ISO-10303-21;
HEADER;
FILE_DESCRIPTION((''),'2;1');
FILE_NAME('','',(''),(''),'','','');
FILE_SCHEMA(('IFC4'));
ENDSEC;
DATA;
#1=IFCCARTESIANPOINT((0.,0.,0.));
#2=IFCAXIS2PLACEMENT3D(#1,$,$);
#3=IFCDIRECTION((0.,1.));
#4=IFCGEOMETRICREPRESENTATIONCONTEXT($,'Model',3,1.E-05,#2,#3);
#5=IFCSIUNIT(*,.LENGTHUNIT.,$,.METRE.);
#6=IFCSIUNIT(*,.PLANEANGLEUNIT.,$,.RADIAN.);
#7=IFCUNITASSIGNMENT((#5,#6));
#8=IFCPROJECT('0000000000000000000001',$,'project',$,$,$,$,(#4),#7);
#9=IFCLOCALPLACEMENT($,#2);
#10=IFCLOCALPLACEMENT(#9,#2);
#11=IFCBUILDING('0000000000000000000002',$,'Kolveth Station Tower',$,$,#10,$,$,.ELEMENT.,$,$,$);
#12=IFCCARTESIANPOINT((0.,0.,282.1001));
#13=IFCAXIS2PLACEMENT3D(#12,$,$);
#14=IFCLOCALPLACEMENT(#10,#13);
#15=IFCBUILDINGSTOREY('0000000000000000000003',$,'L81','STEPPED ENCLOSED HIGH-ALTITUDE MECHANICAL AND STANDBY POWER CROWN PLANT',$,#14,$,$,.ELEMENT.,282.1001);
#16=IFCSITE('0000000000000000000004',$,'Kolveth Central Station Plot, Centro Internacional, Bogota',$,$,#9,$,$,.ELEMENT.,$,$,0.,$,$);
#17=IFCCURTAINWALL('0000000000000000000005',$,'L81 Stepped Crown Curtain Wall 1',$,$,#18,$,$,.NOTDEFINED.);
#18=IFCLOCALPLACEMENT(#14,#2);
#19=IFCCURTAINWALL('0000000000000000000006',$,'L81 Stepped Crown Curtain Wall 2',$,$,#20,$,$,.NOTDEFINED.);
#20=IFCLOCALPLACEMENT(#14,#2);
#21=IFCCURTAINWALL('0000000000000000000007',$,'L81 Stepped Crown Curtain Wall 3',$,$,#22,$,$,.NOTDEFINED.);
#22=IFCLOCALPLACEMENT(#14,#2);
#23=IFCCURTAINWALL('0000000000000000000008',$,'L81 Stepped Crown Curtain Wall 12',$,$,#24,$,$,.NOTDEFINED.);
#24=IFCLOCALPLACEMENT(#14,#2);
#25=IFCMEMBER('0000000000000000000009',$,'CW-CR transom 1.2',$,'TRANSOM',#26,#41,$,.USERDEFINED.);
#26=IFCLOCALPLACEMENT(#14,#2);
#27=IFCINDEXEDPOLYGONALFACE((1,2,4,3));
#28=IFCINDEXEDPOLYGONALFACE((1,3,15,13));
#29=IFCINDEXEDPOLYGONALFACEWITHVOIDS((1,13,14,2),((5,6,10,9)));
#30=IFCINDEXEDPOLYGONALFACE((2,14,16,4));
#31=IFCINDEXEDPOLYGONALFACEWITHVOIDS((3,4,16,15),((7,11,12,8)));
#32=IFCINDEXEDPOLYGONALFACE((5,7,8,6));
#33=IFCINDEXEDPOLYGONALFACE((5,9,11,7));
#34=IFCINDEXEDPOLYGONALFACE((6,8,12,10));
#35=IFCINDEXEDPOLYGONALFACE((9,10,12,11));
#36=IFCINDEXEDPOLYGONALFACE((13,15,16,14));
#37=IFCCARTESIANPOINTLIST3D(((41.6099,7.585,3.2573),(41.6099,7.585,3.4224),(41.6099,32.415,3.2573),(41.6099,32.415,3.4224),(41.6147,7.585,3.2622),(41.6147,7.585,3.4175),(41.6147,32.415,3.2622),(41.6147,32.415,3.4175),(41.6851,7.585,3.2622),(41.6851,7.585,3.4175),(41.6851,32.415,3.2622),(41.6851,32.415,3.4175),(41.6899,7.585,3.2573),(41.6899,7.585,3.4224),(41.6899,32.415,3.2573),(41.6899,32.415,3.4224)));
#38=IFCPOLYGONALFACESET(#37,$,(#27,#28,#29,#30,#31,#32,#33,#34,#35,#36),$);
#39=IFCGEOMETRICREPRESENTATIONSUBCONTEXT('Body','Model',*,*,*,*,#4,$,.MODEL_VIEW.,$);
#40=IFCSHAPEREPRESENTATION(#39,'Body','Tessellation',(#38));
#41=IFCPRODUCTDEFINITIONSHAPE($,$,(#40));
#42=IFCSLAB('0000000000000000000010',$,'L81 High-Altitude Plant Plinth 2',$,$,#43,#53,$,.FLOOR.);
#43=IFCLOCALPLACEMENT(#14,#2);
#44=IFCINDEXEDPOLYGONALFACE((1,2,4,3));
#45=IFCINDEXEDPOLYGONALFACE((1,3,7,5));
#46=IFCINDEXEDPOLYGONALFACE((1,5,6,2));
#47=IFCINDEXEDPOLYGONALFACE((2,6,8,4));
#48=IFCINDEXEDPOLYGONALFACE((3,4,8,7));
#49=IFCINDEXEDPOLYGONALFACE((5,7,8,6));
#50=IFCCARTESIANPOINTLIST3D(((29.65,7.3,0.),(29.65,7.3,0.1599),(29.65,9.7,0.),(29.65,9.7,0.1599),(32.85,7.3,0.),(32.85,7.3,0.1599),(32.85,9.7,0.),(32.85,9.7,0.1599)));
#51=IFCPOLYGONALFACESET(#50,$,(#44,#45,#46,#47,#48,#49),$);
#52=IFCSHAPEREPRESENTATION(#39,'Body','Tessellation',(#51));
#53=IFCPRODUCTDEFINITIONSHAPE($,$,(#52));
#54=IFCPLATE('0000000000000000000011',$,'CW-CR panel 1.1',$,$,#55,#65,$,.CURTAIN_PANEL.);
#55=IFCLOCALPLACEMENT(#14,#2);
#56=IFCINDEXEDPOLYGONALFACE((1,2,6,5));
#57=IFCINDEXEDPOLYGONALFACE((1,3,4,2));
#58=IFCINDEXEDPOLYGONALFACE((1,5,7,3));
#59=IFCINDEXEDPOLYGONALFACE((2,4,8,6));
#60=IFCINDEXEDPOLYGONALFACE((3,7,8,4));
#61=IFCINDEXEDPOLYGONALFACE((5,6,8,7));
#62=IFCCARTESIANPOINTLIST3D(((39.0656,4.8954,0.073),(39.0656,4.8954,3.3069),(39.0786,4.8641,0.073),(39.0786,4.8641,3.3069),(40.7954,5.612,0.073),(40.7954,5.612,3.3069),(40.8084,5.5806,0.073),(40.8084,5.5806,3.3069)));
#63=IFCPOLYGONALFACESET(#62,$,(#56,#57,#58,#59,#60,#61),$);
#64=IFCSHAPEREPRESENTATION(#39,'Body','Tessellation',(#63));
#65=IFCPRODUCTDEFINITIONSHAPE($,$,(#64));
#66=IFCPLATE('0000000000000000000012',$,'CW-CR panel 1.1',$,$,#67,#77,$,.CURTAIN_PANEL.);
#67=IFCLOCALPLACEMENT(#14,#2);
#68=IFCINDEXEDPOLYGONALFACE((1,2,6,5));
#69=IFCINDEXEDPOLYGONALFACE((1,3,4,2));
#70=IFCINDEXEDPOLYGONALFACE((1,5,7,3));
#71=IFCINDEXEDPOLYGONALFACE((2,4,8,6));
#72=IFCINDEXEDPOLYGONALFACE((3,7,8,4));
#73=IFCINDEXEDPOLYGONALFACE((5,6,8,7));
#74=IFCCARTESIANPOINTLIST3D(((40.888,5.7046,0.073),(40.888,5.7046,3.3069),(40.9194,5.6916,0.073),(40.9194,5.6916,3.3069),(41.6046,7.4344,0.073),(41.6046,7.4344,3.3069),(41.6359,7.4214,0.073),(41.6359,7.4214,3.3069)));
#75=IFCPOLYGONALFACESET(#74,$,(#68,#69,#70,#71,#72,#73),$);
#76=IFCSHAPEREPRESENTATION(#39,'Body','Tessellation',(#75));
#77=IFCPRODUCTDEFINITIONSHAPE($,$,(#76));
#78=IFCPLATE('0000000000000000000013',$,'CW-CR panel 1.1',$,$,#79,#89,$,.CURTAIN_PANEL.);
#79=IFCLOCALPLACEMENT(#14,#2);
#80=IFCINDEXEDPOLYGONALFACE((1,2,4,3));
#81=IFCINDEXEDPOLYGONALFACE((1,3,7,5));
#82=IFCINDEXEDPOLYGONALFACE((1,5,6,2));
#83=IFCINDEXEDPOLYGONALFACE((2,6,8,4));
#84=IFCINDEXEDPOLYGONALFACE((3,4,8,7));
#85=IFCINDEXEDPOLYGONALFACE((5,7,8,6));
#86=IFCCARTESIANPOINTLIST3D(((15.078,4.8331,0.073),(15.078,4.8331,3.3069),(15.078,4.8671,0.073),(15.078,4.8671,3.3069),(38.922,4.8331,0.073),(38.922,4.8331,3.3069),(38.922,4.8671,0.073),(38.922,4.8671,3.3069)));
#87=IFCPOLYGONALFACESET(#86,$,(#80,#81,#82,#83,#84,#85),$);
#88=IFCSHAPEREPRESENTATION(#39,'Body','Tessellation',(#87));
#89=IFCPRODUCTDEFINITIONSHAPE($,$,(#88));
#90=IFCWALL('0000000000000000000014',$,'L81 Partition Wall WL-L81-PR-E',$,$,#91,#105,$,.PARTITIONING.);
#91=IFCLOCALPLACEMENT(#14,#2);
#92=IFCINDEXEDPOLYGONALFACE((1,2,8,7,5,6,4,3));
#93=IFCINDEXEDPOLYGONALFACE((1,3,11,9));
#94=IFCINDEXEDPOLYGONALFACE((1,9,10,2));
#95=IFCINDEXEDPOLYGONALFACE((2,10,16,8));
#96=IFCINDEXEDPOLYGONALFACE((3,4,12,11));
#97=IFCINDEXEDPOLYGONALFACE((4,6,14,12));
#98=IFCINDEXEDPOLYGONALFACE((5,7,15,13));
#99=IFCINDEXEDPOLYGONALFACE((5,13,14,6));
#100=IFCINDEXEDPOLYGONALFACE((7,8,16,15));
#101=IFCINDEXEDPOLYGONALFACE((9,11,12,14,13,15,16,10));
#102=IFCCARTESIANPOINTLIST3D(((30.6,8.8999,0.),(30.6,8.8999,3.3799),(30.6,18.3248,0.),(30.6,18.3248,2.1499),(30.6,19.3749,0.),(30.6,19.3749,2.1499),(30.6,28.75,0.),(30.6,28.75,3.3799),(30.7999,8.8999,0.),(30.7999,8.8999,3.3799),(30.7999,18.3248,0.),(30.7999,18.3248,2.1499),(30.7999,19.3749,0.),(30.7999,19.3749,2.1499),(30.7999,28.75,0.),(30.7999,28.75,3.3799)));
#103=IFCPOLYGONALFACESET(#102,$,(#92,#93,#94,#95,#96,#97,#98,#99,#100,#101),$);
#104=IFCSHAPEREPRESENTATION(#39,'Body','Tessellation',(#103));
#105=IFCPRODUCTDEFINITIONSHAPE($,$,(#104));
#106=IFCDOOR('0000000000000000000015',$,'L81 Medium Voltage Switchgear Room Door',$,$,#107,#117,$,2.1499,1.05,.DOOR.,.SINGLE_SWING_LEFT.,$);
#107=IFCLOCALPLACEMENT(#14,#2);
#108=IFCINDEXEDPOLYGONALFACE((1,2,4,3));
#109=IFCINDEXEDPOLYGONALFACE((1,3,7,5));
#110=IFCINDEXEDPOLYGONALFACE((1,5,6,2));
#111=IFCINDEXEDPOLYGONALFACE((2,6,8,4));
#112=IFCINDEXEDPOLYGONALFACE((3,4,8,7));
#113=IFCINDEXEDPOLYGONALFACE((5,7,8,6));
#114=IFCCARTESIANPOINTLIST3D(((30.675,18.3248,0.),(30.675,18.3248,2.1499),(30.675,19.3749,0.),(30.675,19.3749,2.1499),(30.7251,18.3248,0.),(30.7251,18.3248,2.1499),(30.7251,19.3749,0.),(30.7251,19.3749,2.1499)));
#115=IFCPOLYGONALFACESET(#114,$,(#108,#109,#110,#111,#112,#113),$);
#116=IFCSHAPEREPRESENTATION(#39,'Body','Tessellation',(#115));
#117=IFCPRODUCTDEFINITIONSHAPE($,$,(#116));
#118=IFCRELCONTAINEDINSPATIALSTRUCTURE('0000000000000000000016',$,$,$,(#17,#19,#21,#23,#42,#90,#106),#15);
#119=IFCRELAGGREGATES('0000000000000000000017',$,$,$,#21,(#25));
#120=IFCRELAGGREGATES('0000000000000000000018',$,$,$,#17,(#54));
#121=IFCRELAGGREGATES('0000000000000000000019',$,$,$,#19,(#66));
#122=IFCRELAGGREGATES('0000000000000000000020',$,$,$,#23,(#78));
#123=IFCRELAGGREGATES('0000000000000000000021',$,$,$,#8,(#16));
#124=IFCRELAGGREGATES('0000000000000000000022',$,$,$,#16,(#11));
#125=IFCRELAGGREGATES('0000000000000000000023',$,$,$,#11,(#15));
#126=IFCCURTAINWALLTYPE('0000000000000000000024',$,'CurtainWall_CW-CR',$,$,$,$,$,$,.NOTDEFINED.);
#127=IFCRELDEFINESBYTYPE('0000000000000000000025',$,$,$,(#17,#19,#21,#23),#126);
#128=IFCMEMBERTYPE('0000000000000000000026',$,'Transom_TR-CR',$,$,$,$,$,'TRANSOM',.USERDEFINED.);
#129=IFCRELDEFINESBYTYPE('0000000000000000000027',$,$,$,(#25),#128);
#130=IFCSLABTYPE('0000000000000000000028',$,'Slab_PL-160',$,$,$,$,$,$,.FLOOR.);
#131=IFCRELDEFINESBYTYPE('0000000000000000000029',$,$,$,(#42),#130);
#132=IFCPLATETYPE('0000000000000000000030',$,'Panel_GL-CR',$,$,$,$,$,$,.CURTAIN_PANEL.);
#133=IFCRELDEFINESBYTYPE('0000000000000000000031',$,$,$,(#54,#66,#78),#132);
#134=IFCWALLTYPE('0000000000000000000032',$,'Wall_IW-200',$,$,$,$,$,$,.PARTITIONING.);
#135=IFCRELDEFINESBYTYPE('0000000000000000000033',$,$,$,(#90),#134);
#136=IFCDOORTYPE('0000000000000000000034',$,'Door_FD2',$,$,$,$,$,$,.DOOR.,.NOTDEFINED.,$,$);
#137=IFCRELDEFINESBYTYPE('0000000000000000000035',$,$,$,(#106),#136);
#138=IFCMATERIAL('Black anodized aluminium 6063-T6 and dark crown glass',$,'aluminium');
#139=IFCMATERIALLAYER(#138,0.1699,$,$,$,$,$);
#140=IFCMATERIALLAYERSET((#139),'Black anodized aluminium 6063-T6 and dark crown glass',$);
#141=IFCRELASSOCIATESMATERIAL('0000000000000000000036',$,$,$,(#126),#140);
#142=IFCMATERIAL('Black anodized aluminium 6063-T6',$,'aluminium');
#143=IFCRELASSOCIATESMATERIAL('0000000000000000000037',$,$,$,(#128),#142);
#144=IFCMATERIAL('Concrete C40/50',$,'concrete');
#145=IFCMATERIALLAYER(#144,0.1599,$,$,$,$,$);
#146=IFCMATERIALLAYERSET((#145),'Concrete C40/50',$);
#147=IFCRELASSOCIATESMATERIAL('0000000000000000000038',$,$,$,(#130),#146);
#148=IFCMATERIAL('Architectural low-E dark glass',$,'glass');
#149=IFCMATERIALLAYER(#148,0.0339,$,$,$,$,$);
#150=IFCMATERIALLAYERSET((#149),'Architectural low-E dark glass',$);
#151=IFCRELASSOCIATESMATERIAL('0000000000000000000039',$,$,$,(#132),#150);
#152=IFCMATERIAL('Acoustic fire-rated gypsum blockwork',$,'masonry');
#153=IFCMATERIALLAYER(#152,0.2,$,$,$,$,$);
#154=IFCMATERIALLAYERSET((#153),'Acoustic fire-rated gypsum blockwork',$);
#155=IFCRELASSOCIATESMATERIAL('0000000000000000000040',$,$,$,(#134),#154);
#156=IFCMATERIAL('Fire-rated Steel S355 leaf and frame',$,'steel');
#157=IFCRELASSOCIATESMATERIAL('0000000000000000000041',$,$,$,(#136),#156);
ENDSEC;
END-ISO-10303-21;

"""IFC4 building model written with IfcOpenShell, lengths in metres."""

from ifc_helpers import new_model, si_unit, direction, frame, frame_2d, origin, origin_2d, place, context, subcontext, project, spatial, rectangle, hollow_rectangle, extrude, source, transform, mapped, material, layer, layer_set, material_profile, profile_set, type_object, element, fill, aggregate, save


model = new_model("IFC4")

# Units and contexts
model_context = context("Model", 3, precision=1e-05, world=origin(), true_north=direction((0.0, 1.0)))
body_context = subcontext(model_context, "Body", "Model", "MODEL_VIEW")
ifc_project = project(units=[si_unit("LENGTHUNIT", "METRE"), si_unit("PLANEANGLEUNIT", "RADIAN")], contexts=[model_context])

# Site, building, storey
site_placement = place(None, origin())
site = spatial("IfcSite", under=ifc_project, at=site_placement, Name="Kolveth Central Station Plot, Centro Internacional, Bogota", CompositionType="ELEMENT", RefElevation=0.0)
building_placement = place(site_placement, origin())
building = spatial("IfcBuilding", under=site, at=building_placement, Name="Kolveth Station Tower", CompositionType="ELEMENT")
storey_placement = place(building_placement, frame((0.0, 0.0, 282.1001)))
storey = spatial("IfcBuildingStorey", under=building, at=storey_placement, Name="L81", Description="STEPPED ENCLOSED HIGH-ALTITUDE MECHANICAL AND STANDBY POWER CROWN PLANT", CompositionType="ELEMENT", Elevation=282.1001)

# Curtain walls
ifc_material_1 = material(Name="Black anodized aluminium 6063-T6 and dark crown glass", Category="aluminium")
ifc_layer_1 = layer(ifc_material_1, 0.1699)
ifc_layer_set_1 = layer_set([ifc_layer_1], Name="Black anodized aluminium 6063-T6 and dark crown glass")
curtain_wall_type = type_object("IfcCurtainWallType", Name="CurtainWall_CW-CR", PredefinedType="NOTDEFINED", material=ifc_layer_set_1)
curtain_wall_1_placement = place(storey_placement, origin())
curtain_wall_1 = element("IfcCurtainWall", 1, at=curtain_wall_1_placement, inside=storey, type_object=curtain_wall_type, Name="L81 Stepped Crown Curtain Wall 1", PredefinedType="NOTDEFINED")
ifc_material_2 = material(Name="Black anodized aluminium 6063-T6", Category="aluminium")
curtain_wall_2_placement = place(storey_placement, origin())
curtain_wall_2 = element("IfcCurtainWall", 2, at=curtain_wall_2_placement, inside=storey, type_object=curtain_wall_type, Name="L81 Stepped Crown Curtain Wall 2", PredefinedType="NOTDEFINED")

# Curtain walls
curtain_wall_3_placement = place(storey_placement, origin())
curtain_wall_3 = element("IfcCurtainWall", 3, at=curtain_wall_3_placement, inside=storey, type_object=curtain_wall_type, Name="L81 Stepped Crown Curtain Wall 3", PredefinedType="NOTDEFINED")
curtain_wall_4_placement = place(storey_placement, origin())
curtain_wall_4 = element("IfcCurtainWall", 4, at=curtain_wall_4_placement, inside=storey, type_object=curtain_wall_type, Name="L81 Stepped Crown Curtain Wall 12", PredefinedType="NOTDEFINED")

# Member
ifc_material_profile_1 = material_profile(ifc_material_2, hollow_rectangle(XDim=0.0801, YDim=0.165, WallThickness=0.0049, at=origin_2d()), Name="ALU-80x165x5")
ifc_profile_set_1 = profile_set([ifc_material_profile_1], Name="Black anodized aluminium 6063-T6")
member_type_1 = type_object("IfcMemberType", Name="Transom_TR-CR", ElementType="TRANSOM", PredefinedType="USERDEFINED", material=ifc_profile_set_1)
shared_shape_1 = source(origin(), body_context, "Body", "SweptSolid", [
    extrude(hollow_rectangle(XDim=0.0801, YDim=0.165, WallThickness=0.0049, at=origin_2d()), origin(), (0.0, 0.0, 1.0), 24.8301),
])
member_1_placement = place(storey_placement, frame((41.6499, 7.585, 3.3398), z_axis=(0.0, 1.0, 0.0), x_axis=(-1.0, 0.0, 0.0)))
member_1 = element("IfcMember", 5, at=member_1_placement, type_object=member_type_1, Name="CW-CR transom 1.2", ObjectType="TRANSOM", PredefinedType="USERDEFINED", context=body_context, shape_type="MappedRepresentation", body=[
    mapped(shared_shape_1, transform((0.0, 0.0, 0.0), x_axis=(1.0, 0.0, 0.0), y_axis=(0.0, 1.0, 0.0), z_axis=(0.0, 0.0, 1.0), scale=1.0)),
])
aggregate(curtain_wall_3, [member_1])

# Slab
ifc_material_3 = material(Name="Concrete C40/50", Category="concrete")
ifc_layer_2 = layer(ifc_material_3, 0.1599)
ifc_layer_set_2 = layer_set([ifc_layer_2], Name="Concrete C40/50")
slab_type = type_object("IfcSlabType", Name="Slab_PL-160", PredefinedType="FLOOR", material=ifc_layer_set_2)
shared_shape_2 = source(origin(), body_context, "Body", "SweptSolid", [
    extrude(rectangle(XDim=3.2, YDim=2.3999, at=origin_2d()), origin(), (0.0, 0.0, 1.0), 0.1599),
])
slab_placement = place(storey_placement, frame((31.25, 8.5, 0.0), z_axis=(0.0, 0.0, 1.0), x_axis=(1.0, 0.0, 0.0)))
element("IfcSlab", 6, at=slab_placement, inside=storey, type_object=slab_type, Name="L81 High-Altitude Plant Plinth 2", PredefinedType="FLOOR", context=body_context, shape_type="MappedRepresentation", body=[
    mapped(shared_shape_2, transform((0.0, 0.0, 0.0), x_axis=(1.0, 0.0, 0.0), y_axis=(0.0, 1.0, 0.0), z_axis=(0.0, 0.0, 1.0), scale=1.0)),
])

# Plates
ifc_material_4 = material(Name="Architectural low-E dark glass", Category="glass")
ifc_layer_3 = layer(ifc_material_4, 0.0339)
ifc_layer_set_3 = layer_set([ifc_layer_3], Name="Architectural low-E dark glass")
plate_type = type_object("IfcPlateType", Name="Panel_GL-CR", PredefinedType="CURTAIN_PANEL", material=ifc_layer_set_3)
shared_shape_3 = source(origin(), body_context, "Body", "SweptSolid", [
    extrude(rectangle(XDim=1.8723, YDim=0.0339, at=origin_2d()), origin(), (0.0, 0.0, 1.0), 3.2339),
])
plate_1_placement = place(storey_placement, frame((39.937, 5.238, 0.073), z_axis=(0.0, 0.0, 1.0), x_axis=(0.923871, 0.382703, 0.0)))
plate_1 = element("IfcPlate", 7, at=plate_1_placement, type_object=plate_type, Name="CW-CR panel 1.1", PredefinedType="CURTAIN_PANEL", context=body_context, shape_type="MappedRepresentation", body=[
    mapped(shared_shape_3, transform((0.0, 0.0, 0.0), x_axis=(1.0, 0.0, 0.0), y_axis=(0.0, 1.0, 0.0), z_axis=(0.0, 0.0, 1.0), scale=1.0)),
])
aggregate(curtain_wall_1, [plate_1])
plate_2_placement = place(storey_placement, frame((41.262, 6.563, 0.073), z_axis=(0.0, 0.0, 1.0), x_axis=(0.382703, 0.923871, 0.0)))
plate_2 = element("IfcPlate", 8, at=plate_2_placement, type_object=plate_type, Name="CW-CR panel 1.1", PredefinedType="CURTAIN_PANEL", context=body_context, shape_type="MappedRepresentation", body=[
    mapped(shared_shape_3, transform((0.0, 0.0, 0.0), x_axis=(1.0, 0.0, 0.0), y_axis=(0.0, 1.0, 0.0), z_axis=(0.0, 0.0, 1.0), scale=1.0)),
])
aggregate(curtain_wall_2, [plate_2])
shared_shape_4 = source(origin(), body_context, "Body", "SweptSolid", [
    extrude(rectangle(XDim=23.844, YDim=0.0339, at=origin_2d()), origin(), (0.0, 0.0, 1.0), 3.2339),
])
plate_3_placement = place(storey_placement, frame((27.0, 4.8501, 0.073), z_axis=(0.0, 0.0, 1.0), x_axis=(1.0, 0.0, 0.0)))
plate_3 = element("IfcPlate", 9, at=plate_3_placement, type_object=plate_type, Name="CW-CR panel 1.1", PredefinedType="CURTAIN_PANEL", context=body_context, shape_type="MappedRepresentation", body=[
    mapped(shared_shape_4, transform((0.0, 0.0, 0.0), x_axis=(1.0, 0.0, 0.0), y_axis=(0.0, 1.0, 0.0), z_axis=(0.0, 0.0, 1.0), scale=1.0)),
])
aggregate(curtain_wall_4, [plate_3])

# Wall, opening, door
ifc_material_5 = material(Name="Acoustic fire-rated gypsum blockwork", Category="masonry")
ifc_layer_4 = layer(ifc_material_5, 0.2)
ifc_layer_set_4 = layer_set([ifc_layer_4], Name="Acoustic fire-rated gypsum blockwork")
wall_type = type_object("IfcWallType", Name="Wall_IW-200", PredefinedType="PARTITIONING", material=ifc_layer_set_4)
wall_placement = place(storey_placement, frame((30.7, 8.8999, 0.0), z_axis=(0.0, 0.0, 1.0), x_axis=(0.0, 1.0, 0.0)))
wall = element("IfcWall", 10, at=wall_placement, inside=storey, type_object=wall_type, Name="L81 Partition Wall WL-L81-PR-E", PredefinedType="PARTITIONING", context=body_context, shape_type="SweptSolid", body=[
    extrude(rectangle(XDim=19.8501, YDim=0.2, at=frame_2d((9.925, 0.0))), origin(), (0.0, 0.0, 1.0), 3.3799),
])
opening_placement = place(wall_placement, frame((9.425, 0.0, 0.0)))
opening = element("IfcOpeningElement", 11, at=opening_placement, cuts=wall, PredefinedType="OPENING", context=body_context, shape_type="SweptSolid", body=[
    extrude(rectangle(XDim=1.05, YDim=2.1499, at=frame_2d((0.5249, 1.075))), frame((0.0, 0.1099, 0.0), z_axis=(0.0, -1.0, 0.0), x_axis=(1.0, 0.0, 0.0)), (0.0, 0.0, 1.0), 0.22),
])
ifc_material_6 = material(Name="Fire-rated Steel S355 leaf and frame", Category="steel")
door_type = type_object("IfcDoorType", Name="Door_FD2", OperationType="NOTDEFINED", PredefinedType="DOOR", material=ifc_material_6)
door_placement = place(opening_placement, origin())
door = element("IfcDoor", 12, at=door_placement, inside=storey, type_object=door_type, Name="L81 Medium Voltage Switchgear Room Door", OperationType="SINGLE_SWING_LEFT", OverallHeight=2.1499, OverallWidth=1.05, PredefinedType="DOOR", context=body_context, shape_type="SweptSolid", body=[
    extrude(rectangle(XDim=1.05, YDim=2.1499, at=frame_2d((0.5249, 1.075))), frame((0.0, 0.0249, 0.0), z_axis=(0.0, -1.0, 0.0), x_axis=(1.0, 0.0, 0.0)), (0.0, 0.0, 1.0), 0.05),
])
fill(opening, door)

save(model, "model.ifc")
